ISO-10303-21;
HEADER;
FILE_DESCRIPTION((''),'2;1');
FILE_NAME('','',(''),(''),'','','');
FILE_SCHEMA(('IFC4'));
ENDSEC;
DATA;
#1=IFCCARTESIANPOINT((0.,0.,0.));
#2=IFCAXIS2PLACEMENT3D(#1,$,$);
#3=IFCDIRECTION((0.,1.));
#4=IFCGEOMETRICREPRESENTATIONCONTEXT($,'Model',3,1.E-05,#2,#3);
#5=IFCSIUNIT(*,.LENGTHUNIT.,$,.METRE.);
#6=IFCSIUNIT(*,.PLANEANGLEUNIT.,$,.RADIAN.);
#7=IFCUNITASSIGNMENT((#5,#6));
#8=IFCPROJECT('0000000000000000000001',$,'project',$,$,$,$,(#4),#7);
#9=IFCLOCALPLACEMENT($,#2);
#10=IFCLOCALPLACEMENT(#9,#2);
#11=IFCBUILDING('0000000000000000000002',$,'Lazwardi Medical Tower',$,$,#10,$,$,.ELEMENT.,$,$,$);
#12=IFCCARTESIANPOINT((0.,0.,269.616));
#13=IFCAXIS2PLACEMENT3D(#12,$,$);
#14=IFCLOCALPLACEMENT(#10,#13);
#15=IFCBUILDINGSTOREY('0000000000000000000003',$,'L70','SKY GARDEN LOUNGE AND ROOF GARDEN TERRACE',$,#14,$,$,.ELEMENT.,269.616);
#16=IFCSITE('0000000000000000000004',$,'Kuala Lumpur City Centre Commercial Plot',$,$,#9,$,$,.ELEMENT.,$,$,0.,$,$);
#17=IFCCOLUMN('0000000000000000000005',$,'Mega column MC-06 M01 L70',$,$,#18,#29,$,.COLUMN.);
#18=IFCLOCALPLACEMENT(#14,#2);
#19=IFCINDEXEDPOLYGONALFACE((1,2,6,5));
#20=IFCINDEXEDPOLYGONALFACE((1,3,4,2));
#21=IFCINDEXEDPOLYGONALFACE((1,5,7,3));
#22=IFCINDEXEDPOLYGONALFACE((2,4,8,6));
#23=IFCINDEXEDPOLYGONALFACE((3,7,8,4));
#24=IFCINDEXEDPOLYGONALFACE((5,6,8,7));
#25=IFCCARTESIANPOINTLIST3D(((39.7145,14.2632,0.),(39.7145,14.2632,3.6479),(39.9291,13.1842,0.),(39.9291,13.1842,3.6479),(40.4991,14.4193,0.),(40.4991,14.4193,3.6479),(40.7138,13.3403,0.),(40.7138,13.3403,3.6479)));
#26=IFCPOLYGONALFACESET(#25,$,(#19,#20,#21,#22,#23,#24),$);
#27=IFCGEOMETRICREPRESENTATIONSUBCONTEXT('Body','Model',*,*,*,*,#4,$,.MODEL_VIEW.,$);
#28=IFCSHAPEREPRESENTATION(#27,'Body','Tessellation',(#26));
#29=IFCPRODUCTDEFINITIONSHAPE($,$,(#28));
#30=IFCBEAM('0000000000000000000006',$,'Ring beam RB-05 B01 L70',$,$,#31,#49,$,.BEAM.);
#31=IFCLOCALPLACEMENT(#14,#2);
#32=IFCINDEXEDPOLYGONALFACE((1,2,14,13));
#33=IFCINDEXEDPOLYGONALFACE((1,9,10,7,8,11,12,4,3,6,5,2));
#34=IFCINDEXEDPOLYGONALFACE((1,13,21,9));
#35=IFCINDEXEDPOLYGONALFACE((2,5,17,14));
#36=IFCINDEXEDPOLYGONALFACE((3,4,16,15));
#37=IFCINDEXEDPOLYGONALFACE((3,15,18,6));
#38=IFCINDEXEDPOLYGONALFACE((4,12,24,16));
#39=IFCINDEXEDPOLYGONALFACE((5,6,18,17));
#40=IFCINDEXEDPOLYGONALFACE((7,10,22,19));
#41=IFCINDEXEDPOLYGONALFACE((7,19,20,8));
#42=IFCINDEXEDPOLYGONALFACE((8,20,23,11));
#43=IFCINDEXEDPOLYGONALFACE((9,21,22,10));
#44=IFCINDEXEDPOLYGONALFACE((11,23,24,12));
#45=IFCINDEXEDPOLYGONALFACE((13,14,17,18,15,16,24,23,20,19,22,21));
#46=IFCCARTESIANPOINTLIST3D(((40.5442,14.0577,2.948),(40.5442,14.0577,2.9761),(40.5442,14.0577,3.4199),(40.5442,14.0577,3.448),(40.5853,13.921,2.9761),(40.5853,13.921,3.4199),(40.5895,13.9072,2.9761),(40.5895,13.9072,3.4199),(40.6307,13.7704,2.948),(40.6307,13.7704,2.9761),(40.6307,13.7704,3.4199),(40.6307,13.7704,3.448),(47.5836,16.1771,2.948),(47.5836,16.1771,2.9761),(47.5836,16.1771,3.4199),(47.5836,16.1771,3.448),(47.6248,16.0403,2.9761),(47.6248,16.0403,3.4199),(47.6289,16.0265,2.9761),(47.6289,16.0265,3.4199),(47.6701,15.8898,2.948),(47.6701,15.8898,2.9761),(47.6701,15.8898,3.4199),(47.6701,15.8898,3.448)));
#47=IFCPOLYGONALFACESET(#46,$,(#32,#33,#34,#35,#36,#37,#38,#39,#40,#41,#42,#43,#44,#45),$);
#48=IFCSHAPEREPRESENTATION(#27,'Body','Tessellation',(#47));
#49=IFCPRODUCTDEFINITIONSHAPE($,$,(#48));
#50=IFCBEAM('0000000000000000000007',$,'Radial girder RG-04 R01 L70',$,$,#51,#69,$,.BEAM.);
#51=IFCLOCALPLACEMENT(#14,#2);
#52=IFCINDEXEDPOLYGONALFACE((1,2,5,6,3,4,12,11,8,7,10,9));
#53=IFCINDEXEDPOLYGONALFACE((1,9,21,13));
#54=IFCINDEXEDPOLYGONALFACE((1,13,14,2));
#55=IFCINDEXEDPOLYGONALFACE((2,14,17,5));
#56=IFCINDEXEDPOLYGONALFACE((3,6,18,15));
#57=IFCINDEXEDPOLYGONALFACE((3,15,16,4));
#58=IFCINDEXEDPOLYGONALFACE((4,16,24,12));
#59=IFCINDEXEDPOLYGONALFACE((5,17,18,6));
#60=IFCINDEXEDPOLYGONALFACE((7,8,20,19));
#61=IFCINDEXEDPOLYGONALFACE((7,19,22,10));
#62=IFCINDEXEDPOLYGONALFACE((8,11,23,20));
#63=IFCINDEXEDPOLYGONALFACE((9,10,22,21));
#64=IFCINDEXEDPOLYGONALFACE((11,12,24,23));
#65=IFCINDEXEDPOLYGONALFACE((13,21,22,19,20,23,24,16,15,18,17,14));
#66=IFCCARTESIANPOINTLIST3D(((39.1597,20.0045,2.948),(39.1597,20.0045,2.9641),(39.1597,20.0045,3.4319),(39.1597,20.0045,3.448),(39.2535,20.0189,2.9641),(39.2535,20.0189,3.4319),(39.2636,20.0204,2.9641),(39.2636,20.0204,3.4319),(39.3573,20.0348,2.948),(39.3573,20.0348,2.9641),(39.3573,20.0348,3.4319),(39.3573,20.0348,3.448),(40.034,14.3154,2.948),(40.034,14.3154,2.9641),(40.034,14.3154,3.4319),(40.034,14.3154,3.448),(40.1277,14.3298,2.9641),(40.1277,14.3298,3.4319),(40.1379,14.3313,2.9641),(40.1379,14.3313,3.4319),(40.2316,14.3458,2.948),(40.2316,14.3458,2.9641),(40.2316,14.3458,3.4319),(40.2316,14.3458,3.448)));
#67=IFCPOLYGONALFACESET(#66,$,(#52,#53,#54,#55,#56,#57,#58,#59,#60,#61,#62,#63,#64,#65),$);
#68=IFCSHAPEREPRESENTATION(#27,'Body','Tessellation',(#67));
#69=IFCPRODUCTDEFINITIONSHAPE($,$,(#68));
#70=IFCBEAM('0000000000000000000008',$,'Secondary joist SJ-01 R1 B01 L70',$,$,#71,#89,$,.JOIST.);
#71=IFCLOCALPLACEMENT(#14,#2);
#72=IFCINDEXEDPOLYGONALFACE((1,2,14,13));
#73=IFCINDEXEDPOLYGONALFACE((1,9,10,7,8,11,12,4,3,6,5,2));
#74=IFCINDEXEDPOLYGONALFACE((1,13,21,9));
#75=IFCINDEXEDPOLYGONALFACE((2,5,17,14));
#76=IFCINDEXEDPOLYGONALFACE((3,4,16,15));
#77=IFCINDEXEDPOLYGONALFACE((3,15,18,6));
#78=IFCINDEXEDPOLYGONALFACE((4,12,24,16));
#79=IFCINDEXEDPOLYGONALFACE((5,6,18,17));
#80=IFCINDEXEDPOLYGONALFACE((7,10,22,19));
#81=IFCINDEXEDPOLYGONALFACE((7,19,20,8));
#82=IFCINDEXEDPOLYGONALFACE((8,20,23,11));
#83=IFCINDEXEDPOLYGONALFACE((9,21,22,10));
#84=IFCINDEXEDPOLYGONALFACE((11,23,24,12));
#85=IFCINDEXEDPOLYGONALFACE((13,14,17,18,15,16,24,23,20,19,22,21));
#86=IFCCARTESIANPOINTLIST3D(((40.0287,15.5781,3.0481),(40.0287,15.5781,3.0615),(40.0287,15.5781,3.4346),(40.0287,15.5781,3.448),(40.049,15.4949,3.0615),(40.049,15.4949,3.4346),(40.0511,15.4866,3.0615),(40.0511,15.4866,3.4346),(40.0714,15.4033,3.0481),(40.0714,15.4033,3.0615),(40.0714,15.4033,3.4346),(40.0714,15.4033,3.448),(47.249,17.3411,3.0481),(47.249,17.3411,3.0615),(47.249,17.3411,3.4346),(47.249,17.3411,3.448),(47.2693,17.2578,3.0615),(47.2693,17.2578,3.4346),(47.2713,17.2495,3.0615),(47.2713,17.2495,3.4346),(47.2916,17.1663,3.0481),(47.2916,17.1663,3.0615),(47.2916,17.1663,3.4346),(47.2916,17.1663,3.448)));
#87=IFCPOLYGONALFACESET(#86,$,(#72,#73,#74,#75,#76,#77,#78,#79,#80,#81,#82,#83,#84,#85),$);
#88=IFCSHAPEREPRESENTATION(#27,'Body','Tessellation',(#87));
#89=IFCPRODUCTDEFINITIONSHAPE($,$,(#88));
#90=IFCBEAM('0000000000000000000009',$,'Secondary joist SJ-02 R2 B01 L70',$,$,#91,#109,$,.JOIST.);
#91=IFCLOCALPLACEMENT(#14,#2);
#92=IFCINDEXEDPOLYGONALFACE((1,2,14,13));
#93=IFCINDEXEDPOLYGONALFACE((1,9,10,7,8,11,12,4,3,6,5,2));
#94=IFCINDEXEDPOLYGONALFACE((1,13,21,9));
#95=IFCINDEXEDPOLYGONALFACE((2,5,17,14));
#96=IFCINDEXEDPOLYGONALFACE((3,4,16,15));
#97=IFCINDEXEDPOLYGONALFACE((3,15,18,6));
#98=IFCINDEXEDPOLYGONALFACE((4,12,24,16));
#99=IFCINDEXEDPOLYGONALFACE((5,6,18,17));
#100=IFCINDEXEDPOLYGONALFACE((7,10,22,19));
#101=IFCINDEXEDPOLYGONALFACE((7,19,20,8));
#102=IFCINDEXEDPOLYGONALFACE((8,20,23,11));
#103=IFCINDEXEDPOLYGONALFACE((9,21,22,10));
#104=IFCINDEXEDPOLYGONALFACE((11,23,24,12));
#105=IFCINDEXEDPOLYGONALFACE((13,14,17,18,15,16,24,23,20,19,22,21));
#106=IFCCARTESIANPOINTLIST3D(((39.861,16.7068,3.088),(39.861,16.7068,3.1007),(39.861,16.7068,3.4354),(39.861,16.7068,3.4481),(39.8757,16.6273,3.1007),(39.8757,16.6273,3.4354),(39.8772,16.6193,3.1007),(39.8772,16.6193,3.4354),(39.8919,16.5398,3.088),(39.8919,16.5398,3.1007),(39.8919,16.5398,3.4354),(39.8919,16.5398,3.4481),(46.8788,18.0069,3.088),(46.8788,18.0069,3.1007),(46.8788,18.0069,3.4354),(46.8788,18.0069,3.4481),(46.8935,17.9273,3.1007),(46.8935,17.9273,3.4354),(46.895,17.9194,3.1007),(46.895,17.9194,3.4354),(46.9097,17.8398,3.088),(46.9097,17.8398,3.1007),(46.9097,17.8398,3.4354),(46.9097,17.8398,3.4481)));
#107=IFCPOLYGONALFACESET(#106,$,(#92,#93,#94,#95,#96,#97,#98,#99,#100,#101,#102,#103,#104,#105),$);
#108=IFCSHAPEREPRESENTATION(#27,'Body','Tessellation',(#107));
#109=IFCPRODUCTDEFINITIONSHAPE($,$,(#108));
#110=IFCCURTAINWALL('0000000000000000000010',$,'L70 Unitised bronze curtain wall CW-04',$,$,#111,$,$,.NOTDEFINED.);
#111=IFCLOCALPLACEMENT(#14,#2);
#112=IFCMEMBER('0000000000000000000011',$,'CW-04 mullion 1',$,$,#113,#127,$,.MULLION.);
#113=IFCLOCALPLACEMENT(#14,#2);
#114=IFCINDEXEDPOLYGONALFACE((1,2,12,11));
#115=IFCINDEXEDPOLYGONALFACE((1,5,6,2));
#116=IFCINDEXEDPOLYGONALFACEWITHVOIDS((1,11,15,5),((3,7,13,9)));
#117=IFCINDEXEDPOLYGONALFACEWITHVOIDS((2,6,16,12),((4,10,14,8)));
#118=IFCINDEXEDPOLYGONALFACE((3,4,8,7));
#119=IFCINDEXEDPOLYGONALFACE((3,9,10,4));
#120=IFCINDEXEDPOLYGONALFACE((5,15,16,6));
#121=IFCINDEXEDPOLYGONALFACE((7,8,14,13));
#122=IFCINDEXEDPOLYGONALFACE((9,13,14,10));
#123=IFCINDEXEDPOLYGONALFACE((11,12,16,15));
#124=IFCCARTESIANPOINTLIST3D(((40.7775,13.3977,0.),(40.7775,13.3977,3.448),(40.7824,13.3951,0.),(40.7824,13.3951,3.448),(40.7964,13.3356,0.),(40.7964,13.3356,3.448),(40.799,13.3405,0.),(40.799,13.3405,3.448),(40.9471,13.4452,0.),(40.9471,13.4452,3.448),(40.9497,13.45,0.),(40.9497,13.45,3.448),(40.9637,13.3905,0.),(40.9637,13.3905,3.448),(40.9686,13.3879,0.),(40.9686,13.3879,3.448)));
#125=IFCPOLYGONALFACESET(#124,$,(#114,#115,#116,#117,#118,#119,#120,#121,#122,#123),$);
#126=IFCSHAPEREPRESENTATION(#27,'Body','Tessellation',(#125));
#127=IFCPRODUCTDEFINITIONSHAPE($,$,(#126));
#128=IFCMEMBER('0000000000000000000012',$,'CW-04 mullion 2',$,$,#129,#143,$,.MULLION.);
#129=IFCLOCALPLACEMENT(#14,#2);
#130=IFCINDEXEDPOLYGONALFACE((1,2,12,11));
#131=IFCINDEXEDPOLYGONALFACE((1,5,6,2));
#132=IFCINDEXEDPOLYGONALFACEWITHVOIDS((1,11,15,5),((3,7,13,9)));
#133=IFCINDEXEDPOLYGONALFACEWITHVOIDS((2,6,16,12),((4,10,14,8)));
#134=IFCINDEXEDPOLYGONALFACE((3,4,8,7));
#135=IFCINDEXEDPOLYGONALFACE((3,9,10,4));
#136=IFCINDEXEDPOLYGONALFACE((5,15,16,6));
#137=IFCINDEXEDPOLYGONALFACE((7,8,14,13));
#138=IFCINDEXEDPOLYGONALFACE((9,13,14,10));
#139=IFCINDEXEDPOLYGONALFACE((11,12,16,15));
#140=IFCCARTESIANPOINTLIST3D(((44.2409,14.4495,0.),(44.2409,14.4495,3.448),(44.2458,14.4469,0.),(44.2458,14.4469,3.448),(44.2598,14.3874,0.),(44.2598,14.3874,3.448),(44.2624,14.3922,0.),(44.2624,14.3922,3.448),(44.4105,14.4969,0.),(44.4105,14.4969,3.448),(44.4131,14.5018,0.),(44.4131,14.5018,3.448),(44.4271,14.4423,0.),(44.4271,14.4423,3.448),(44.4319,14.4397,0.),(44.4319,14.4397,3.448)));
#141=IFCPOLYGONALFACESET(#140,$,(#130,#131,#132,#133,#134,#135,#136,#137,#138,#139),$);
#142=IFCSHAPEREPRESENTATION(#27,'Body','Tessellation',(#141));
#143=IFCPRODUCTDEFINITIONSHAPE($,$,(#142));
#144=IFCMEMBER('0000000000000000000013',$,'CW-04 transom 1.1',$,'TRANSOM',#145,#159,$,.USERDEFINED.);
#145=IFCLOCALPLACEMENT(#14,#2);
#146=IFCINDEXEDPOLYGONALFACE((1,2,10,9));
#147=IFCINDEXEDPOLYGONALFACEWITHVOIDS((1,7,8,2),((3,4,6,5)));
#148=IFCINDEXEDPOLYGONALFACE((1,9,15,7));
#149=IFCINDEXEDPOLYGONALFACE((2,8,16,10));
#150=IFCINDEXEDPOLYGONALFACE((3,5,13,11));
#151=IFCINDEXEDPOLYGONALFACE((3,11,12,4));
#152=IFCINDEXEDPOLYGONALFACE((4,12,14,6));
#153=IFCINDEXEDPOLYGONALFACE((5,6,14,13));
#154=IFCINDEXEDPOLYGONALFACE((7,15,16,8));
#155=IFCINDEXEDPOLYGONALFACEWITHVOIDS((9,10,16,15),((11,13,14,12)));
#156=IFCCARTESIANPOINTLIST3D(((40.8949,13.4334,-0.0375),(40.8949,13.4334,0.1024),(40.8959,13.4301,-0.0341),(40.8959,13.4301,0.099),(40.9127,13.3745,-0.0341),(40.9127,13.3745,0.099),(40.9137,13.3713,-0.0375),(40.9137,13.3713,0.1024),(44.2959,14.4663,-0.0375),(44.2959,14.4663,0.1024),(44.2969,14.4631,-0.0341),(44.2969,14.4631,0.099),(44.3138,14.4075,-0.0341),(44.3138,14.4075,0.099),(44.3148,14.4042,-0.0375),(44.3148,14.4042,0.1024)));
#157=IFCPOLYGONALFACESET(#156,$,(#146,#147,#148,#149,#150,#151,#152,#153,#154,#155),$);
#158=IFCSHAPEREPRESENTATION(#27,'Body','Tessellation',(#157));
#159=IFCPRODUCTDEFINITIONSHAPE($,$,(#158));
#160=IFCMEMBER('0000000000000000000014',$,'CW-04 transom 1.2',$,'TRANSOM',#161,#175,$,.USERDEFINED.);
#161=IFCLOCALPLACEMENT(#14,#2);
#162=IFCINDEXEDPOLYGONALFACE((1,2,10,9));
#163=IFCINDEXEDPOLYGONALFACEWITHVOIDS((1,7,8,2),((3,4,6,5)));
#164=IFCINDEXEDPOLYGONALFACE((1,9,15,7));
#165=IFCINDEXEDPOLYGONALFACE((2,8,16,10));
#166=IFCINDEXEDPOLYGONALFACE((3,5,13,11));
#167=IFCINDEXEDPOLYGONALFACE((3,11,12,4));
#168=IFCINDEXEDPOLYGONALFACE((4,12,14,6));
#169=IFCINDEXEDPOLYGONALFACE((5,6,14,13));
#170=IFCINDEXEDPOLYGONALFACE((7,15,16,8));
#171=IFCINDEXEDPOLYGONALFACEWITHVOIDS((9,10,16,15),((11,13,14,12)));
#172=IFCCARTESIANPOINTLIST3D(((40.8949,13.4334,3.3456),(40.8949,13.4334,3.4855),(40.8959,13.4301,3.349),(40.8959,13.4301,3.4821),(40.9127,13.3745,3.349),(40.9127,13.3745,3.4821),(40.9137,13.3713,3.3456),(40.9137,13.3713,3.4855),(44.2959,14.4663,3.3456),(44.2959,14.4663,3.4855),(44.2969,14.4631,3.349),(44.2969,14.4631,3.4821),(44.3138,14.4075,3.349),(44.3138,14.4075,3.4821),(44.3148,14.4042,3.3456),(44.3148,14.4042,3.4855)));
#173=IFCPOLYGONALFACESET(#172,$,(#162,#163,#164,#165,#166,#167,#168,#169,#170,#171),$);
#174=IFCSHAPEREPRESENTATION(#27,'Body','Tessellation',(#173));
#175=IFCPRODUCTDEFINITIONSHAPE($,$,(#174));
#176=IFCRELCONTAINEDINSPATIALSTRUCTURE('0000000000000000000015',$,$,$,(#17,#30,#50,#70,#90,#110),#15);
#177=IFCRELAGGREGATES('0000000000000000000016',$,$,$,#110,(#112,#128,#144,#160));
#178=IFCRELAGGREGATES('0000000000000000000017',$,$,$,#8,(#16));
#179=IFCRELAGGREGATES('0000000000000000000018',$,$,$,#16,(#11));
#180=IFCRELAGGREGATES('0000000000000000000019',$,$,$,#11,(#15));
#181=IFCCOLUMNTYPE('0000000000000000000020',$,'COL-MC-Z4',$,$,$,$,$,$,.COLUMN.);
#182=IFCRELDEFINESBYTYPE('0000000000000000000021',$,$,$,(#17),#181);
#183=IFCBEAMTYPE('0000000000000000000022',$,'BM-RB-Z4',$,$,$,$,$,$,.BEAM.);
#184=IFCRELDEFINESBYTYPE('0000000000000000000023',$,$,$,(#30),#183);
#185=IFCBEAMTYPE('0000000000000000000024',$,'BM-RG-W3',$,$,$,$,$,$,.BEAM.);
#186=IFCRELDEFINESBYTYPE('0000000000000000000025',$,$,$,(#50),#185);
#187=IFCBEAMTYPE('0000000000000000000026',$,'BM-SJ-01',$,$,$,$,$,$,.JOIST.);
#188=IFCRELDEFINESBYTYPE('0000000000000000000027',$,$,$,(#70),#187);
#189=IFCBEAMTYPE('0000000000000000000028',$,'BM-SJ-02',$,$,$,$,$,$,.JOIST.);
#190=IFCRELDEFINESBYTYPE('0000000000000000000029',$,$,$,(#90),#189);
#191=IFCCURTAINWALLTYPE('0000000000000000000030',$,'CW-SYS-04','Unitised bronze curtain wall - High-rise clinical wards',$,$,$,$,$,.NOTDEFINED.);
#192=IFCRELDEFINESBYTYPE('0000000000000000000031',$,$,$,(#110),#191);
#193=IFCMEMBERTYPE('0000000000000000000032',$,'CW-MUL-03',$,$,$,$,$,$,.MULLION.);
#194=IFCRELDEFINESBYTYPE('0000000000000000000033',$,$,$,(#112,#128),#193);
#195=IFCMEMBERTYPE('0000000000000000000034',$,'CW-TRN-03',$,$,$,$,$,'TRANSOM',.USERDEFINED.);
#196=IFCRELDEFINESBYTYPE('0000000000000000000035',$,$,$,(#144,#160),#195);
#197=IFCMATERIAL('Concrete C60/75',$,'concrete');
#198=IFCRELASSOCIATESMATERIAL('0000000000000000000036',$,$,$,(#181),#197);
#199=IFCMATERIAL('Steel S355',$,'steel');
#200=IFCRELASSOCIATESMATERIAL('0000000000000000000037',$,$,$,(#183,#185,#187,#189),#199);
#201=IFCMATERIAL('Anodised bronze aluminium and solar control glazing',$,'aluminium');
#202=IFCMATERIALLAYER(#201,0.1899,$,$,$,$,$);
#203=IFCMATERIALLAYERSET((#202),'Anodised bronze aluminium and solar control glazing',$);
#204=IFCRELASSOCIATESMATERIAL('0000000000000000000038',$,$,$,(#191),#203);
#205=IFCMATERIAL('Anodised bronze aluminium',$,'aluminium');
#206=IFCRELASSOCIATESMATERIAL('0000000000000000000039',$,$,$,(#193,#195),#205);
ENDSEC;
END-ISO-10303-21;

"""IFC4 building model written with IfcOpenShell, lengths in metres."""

from ifc_helpers import new_model, si_unit, direction, frame, origin, origin_2d, place, context, subcontext, project, spatial, rectangle, hollow_rectangle, i_section, extrude, material, layer, layer_set, material_profile, profile_set, type_object, element, aggregate, save


model = new_model("IFC4")

# Units and contexts
model_context = context("Model", 3, precision=1e-05, world=origin(), true_north=direction((0.0, 1.0)))
body_context = subcontext(model_context, "Body", "Model", "MODEL_VIEW")
ifc_project = project(units=[si_unit("LENGTHUNIT", "METRE"), si_unit("PLANEANGLEUNIT", "RADIAN")], contexts=[model_context])

# Site, building, storey
site_placement = place(None, origin())
site = spatial("IfcSite", under=ifc_project, at=site_placement, Name="Kuala Lumpur City Centre Commercial Plot", CompositionType="ELEMENT", RefElevation=0.0)
building_placement = place(site_placement, origin())
building = spatial("IfcBuilding", under=site, at=building_placement, Name="Lazwardi Medical Tower", CompositionType="ELEMENT")
storey_placement = place(building_placement, frame((0.0, 0.0, 269.616)))
storey = spatial("IfcBuildingStorey", under=building, at=storey_placement, Name="L70", Description="SKY GARDEN LOUNGE AND ROOF GARDEN TERRACE", CompositionType="ELEMENT", Elevation=269.616)

# Column
ifc_material_1 = material(Name="Concrete C60/75", Category="concrete")
ifc_material_profile_1 = material_profile(ifc_material_1, rectangle(XDim=1.1001, YDim=0.8, at=origin_2d()), Name="CFT-RECT 1100x800")
ifc_profile_set_1 = profile_set([ifc_material_profile_1], Name="Concrete C60/75")
column_type = type_object("IfcColumnType", Name="COL-MC-Z4", PredefinedType="COLUMN", material=ifc_profile_set_1)
column_placement = place(storey_placement, frame((40.2141, 13.8018, 0.0), z_axis=(0.0, 0.0, 1.0), x_axis=(0.19509, -0.980785, 0.0)))
element("IfcColumn", 1, at=column_placement, inside=storey, type_object=column_type, Name="Mega column MC-06 M01 L70", PredefinedType="COLUMN", context=body_context, shape_type="SweptSolid", body=[
    extrude(rectangle(XDim=1.1001, YDim=0.8, at=origin_2d()), origin(), (0.0, 0.0, 1.0), 3.6479),
])

# Beams
ifc_material_2 = material(Name="Steel S355", Category="steel")
ifc_material_profile_2 = material_profile(ifc_material_2, i_section(OverallWidth=0.3, OverallDepth=0.5, WebThickness=0.0144, FlangeThickness=0.0281, at=origin_2d()), Name="HEB 500")
ifc_profile_set_2 = profile_set([ifc_material_profile_2], Name="Steel S355")
beam_type_1 = type_object("IfcBeamType", Name="BM-RB-Z4", PredefinedType="BEAM", material=ifc_profile_set_2)
beam_1_placement = place(storey_placement, frame((40.5874, 13.9141, 3.198), z_axis=(0.957544, 0.288286, 0.0), x_axis=(-0.288286, 0.957544, 0.0)))
element("IfcBeam", 2, at=beam_1_placement, inside=storey, type_object=beam_type_1, Name="Ring beam RB-05 B01 L70", PredefinedType="BEAM", context=body_context, shape_type="SweptSolid", body=[
    extrude(i_section(OverallWidth=0.3, OverallDepth=0.5, WebThickness=0.0144, FlangeThickness=0.0281, at=origin_2d()), origin(), (0.0, 0.0, 1.0), 7.3516),
])
ifc_material_profile_3 = material_profile(ifc_material_2, i_section(OverallWidth=0.2, OverallDepth=0.5, WebThickness=0.0103, FlangeThickness=0.0161, at=origin_2d()), Name="IPE 500")
ifc_profile_set_3 = profile_set([ifc_material_profile_3], Name="Steel S355")
beam_type_2 = type_object("IfcBeamType", Name="BM-RG-W3", PredefinedType="BEAM", material=ifc_profile_set_3)
beam_2_placement = place(storey_placement, frame((40.1328, 14.3306, 3.198), z_axis=(-0.151895, 0.988397, 0.0), x_axis=(-0.988397, -0.151895, 0.0)))
element("IfcBeam", 3, at=beam_2_placement, inside=storey, type_object=beam_type_2, Name="Radial girder RG-04 R01 L70", PredefinedType="BEAM", context=body_context, shape_type="SweptSolid", body=[
    extrude(i_section(OverallWidth=0.2, OverallDepth=0.5, WebThickness=0.0103, FlangeThickness=0.0161, at=origin_2d()), origin(), (0.0, 0.0, 1.0), 5.7559),
])
ifc_material_profile_4 = material_profile(ifc_material_2, i_section(OverallWidth=0.1799, OverallDepth=0.3999, WebThickness=0.0085, FlangeThickness=0.0134, at=origin_2d()), Name="IPE 400")
ifc_profile_set_4 = profile_set([ifc_material_profile_4], Name="Steel S355")
beam_type_3 = type_object("IfcBeamType", Name="BM-SJ-01", PredefinedType="JOIST", material=ifc_profile_set_4)
beam_3_placement = place(storey_placement, frame((40.05, 15.4907, 3.248), z_axis=(0.971461, 0.237199, 0.0), x_axis=(-0.237199, 0.971461, 0.0)))
element("IfcBeam", 4, at=beam_3_placement, inside=storey, type_object=beam_type_3, Name="Secondary joist SJ-01 R1 B01 L70", PredefinedType="JOIST", context=body_context, shape_type="SweptSolid", body=[
    extrude(i_section(OverallWidth=0.1799, OverallDepth=0.3999, WebThickness=0.0085, FlangeThickness=0.0134, at=origin_2d()), origin(), (0.0, 0.0, 1.0), 7.4324),
])
ifc_material_profile_5 = material_profile(ifc_material_2, i_section(OverallWidth=0.1699, OverallDepth=0.3601, WebThickness=0.0081, FlangeThickness=0.0127, at=origin_2d()), Name="IPE 360")
ifc_profile_set_5 = profile_set([ifc_material_profile_5], Name="Steel S355")
beam_type_4 = type_object("IfcBeamType", Name="BM-SJ-02", PredefinedType="JOIST", material=ifc_profile_set_5)
beam_4_placement = place(storey_placement, frame((39.8765, 16.6233, 3.2681), z_axis=(0.983271, 0.182151, 0.0), x_axis=(-0.182151, 0.983271, 0.0)))
element("IfcBeam", 5, at=beam_4_placement, inside=storey, type_object=beam_type_4, Name="Secondary joist SJ-02 R2 B01 L70", PredefinedType="JOIST", context=body_context, shape_type="SweptSolid", body=[
    extrude(i_section(OverallWidth=0.1699, OverallDepth=0.3601, WebThickness=0.0081, FlangeThickness=0.0127, at=origin_2d()), origin(), (0.0, 0.0, 1.0), 7.1372),
])

# Curtain wall, members
ifc_material_3 = material(Name="Anodised bronze aluminium and solar control glazing", Category="aluminium")
ifc_layer_1 = layer(ifc_material_3, 0.1899)
ifc_layer_set_1 = layer_set([ifc_layer_1], Name="Anodised bronze aluminium and solar control glazing")
curtain_wall_type = type_object("IfcCurtainWallType", Name="CW-SYS-04", Description="Unitised bronze curtain wall - High-rise clinical wards", PredefinedType="NOTDEFINED", material=ifc_layer_set_1)
curtain_wall_placement = place(storey_placement, origin())
curtain_wall = element("IfcCurtainWall", 6, at=curtain_wall_placement, inside=storey, type_object=curtain_wall_type, Name="L70 Unitised bronze curtain wall CW-04", PredefinedType="NOTDEFINED")
ifc_material_4 = material(Name="Anodised bronze aluminium", Category="aluminium")
ifc_material_profile_6 = material_profile(ifc_material_4, hollow_rectangle(XDim=0.0649, YDim=0.1799, WallThickness=0.0039, at=origin_2d()), Name="ALU-MULLION 180x65x4")
ifc_profile_set_6 = profile_set([ifc_material_profile_6], Name="Anodised bronze aluminium")
member_type_1 = type_object("IfcMemberType", Name="CW-MUL-03", PredefinedType="MULLION", material=ifc_profile_set_6)
member_1_placement = place(storey_placement, frame((40.873, 13.3928, 0.0), z_axis=(0.0, 0.0, 1.0), x_axis=(-0.290582, 0.95685, 0.0)))
member_1 = element("IfcMember", 7, at=member_1_placement, type_object=member_type_1, Name="CW-04 mullion 1", PredefinedType="MULLION", context=body_context, shape_type="SweptSolid", body=[
    extrude(hollow_rectangle(XDim=0.0649, YDim=0.1799, WallThickness=0.0039, at=origin_2d()), origin(), (0.0, 0.0, 1.0), 3.448),
])
member_2_placement = place(storey_placement, frame((44.3364, 14.4446, 0.0), z_axis=(0.0, 0.0, 1.0), x_axis=(-0.290582, 0.95685, 0.0)))
member_2 = element("IfcMember", 8, at=member_2_placement, type_object=member_type_1, Name="CW-04 mullion 2", PredefinedType="MULLION", context=body_context, shape_type="SweptSolid", body=[
    extrude(hollow_rectangle(XDim=0.0649, YDim=0.1799, WallThickness=0.0039, at=origin_2d()), origin(), (0.0, 0.0, 1.0), 3.448),
])
ifc_material_profile_7 = material_profile(ifc_material_4, hollow_rectangle(XDim=0.0649, YDim=0.1399, WallThickness=0.0034, at=origin_2d()), Name="ALU-TRANSOM 140x65x3.5")
ifc_profile_set_7 = profile_set([ifc_material_profile_7], Name="Anodised bronze aluminium")
member_type_2 = type_object("IfcMemberType", Name="CW-TRN-03", ElementType="TRANSOM", PredefinedType="USERDEFINED", material=ifc_profile_set_7)
member_3_placement = place(storey_placement, frame((40.9043, 13.4023, 0.0325), z_axis=(0.956843, 0.290604, 0.0), x_axis=(-0.290604, 0.956843, 0.0)))
member_3 = element("IfcMember", 9, at=member_3_placement, type_object=member_type_2, Name="CW-04 transom 1.1", ObjectType="TRANSOM", PredefinedType="USERDEFINED", context=body_context, shape_type="SweptSolid", body=[
    extrude(hollow_rectangle(XDim=0.0649, YDim=0.1399, WallThickness=0.0034, at=origin_2d()), origin(), (0.0, 0.0, 1.0), 3.5544),
])
member_4_placement = place(storey_placement, frame((40.9043, 13.4023, 3.4155), z_axis=(0.956843, 0.290604, 0.0), x_axis=(-0.290604, 0.956843, 0.0)))
member_4 = element("IfcMember", 10, at=member_4_placement, type_object=member_type_2, Name="CW-04 transom 1.2", ObjectType="TRANSOM", PredefinedType="USERDEFINED", context=body_context, shape_type="SweptSolid", body=[
    extrude(hollow_rectangle(XDim=0.0649, YDim=0.1399, WallThickness=0.0034, at=origin_2d()), origin(), (0.0, 0.0, 1.0), 3.5544),
])
aggregate(curtain_wall, [member_1, member_2, member_3, member_4])

save(model, "model.ifc")
